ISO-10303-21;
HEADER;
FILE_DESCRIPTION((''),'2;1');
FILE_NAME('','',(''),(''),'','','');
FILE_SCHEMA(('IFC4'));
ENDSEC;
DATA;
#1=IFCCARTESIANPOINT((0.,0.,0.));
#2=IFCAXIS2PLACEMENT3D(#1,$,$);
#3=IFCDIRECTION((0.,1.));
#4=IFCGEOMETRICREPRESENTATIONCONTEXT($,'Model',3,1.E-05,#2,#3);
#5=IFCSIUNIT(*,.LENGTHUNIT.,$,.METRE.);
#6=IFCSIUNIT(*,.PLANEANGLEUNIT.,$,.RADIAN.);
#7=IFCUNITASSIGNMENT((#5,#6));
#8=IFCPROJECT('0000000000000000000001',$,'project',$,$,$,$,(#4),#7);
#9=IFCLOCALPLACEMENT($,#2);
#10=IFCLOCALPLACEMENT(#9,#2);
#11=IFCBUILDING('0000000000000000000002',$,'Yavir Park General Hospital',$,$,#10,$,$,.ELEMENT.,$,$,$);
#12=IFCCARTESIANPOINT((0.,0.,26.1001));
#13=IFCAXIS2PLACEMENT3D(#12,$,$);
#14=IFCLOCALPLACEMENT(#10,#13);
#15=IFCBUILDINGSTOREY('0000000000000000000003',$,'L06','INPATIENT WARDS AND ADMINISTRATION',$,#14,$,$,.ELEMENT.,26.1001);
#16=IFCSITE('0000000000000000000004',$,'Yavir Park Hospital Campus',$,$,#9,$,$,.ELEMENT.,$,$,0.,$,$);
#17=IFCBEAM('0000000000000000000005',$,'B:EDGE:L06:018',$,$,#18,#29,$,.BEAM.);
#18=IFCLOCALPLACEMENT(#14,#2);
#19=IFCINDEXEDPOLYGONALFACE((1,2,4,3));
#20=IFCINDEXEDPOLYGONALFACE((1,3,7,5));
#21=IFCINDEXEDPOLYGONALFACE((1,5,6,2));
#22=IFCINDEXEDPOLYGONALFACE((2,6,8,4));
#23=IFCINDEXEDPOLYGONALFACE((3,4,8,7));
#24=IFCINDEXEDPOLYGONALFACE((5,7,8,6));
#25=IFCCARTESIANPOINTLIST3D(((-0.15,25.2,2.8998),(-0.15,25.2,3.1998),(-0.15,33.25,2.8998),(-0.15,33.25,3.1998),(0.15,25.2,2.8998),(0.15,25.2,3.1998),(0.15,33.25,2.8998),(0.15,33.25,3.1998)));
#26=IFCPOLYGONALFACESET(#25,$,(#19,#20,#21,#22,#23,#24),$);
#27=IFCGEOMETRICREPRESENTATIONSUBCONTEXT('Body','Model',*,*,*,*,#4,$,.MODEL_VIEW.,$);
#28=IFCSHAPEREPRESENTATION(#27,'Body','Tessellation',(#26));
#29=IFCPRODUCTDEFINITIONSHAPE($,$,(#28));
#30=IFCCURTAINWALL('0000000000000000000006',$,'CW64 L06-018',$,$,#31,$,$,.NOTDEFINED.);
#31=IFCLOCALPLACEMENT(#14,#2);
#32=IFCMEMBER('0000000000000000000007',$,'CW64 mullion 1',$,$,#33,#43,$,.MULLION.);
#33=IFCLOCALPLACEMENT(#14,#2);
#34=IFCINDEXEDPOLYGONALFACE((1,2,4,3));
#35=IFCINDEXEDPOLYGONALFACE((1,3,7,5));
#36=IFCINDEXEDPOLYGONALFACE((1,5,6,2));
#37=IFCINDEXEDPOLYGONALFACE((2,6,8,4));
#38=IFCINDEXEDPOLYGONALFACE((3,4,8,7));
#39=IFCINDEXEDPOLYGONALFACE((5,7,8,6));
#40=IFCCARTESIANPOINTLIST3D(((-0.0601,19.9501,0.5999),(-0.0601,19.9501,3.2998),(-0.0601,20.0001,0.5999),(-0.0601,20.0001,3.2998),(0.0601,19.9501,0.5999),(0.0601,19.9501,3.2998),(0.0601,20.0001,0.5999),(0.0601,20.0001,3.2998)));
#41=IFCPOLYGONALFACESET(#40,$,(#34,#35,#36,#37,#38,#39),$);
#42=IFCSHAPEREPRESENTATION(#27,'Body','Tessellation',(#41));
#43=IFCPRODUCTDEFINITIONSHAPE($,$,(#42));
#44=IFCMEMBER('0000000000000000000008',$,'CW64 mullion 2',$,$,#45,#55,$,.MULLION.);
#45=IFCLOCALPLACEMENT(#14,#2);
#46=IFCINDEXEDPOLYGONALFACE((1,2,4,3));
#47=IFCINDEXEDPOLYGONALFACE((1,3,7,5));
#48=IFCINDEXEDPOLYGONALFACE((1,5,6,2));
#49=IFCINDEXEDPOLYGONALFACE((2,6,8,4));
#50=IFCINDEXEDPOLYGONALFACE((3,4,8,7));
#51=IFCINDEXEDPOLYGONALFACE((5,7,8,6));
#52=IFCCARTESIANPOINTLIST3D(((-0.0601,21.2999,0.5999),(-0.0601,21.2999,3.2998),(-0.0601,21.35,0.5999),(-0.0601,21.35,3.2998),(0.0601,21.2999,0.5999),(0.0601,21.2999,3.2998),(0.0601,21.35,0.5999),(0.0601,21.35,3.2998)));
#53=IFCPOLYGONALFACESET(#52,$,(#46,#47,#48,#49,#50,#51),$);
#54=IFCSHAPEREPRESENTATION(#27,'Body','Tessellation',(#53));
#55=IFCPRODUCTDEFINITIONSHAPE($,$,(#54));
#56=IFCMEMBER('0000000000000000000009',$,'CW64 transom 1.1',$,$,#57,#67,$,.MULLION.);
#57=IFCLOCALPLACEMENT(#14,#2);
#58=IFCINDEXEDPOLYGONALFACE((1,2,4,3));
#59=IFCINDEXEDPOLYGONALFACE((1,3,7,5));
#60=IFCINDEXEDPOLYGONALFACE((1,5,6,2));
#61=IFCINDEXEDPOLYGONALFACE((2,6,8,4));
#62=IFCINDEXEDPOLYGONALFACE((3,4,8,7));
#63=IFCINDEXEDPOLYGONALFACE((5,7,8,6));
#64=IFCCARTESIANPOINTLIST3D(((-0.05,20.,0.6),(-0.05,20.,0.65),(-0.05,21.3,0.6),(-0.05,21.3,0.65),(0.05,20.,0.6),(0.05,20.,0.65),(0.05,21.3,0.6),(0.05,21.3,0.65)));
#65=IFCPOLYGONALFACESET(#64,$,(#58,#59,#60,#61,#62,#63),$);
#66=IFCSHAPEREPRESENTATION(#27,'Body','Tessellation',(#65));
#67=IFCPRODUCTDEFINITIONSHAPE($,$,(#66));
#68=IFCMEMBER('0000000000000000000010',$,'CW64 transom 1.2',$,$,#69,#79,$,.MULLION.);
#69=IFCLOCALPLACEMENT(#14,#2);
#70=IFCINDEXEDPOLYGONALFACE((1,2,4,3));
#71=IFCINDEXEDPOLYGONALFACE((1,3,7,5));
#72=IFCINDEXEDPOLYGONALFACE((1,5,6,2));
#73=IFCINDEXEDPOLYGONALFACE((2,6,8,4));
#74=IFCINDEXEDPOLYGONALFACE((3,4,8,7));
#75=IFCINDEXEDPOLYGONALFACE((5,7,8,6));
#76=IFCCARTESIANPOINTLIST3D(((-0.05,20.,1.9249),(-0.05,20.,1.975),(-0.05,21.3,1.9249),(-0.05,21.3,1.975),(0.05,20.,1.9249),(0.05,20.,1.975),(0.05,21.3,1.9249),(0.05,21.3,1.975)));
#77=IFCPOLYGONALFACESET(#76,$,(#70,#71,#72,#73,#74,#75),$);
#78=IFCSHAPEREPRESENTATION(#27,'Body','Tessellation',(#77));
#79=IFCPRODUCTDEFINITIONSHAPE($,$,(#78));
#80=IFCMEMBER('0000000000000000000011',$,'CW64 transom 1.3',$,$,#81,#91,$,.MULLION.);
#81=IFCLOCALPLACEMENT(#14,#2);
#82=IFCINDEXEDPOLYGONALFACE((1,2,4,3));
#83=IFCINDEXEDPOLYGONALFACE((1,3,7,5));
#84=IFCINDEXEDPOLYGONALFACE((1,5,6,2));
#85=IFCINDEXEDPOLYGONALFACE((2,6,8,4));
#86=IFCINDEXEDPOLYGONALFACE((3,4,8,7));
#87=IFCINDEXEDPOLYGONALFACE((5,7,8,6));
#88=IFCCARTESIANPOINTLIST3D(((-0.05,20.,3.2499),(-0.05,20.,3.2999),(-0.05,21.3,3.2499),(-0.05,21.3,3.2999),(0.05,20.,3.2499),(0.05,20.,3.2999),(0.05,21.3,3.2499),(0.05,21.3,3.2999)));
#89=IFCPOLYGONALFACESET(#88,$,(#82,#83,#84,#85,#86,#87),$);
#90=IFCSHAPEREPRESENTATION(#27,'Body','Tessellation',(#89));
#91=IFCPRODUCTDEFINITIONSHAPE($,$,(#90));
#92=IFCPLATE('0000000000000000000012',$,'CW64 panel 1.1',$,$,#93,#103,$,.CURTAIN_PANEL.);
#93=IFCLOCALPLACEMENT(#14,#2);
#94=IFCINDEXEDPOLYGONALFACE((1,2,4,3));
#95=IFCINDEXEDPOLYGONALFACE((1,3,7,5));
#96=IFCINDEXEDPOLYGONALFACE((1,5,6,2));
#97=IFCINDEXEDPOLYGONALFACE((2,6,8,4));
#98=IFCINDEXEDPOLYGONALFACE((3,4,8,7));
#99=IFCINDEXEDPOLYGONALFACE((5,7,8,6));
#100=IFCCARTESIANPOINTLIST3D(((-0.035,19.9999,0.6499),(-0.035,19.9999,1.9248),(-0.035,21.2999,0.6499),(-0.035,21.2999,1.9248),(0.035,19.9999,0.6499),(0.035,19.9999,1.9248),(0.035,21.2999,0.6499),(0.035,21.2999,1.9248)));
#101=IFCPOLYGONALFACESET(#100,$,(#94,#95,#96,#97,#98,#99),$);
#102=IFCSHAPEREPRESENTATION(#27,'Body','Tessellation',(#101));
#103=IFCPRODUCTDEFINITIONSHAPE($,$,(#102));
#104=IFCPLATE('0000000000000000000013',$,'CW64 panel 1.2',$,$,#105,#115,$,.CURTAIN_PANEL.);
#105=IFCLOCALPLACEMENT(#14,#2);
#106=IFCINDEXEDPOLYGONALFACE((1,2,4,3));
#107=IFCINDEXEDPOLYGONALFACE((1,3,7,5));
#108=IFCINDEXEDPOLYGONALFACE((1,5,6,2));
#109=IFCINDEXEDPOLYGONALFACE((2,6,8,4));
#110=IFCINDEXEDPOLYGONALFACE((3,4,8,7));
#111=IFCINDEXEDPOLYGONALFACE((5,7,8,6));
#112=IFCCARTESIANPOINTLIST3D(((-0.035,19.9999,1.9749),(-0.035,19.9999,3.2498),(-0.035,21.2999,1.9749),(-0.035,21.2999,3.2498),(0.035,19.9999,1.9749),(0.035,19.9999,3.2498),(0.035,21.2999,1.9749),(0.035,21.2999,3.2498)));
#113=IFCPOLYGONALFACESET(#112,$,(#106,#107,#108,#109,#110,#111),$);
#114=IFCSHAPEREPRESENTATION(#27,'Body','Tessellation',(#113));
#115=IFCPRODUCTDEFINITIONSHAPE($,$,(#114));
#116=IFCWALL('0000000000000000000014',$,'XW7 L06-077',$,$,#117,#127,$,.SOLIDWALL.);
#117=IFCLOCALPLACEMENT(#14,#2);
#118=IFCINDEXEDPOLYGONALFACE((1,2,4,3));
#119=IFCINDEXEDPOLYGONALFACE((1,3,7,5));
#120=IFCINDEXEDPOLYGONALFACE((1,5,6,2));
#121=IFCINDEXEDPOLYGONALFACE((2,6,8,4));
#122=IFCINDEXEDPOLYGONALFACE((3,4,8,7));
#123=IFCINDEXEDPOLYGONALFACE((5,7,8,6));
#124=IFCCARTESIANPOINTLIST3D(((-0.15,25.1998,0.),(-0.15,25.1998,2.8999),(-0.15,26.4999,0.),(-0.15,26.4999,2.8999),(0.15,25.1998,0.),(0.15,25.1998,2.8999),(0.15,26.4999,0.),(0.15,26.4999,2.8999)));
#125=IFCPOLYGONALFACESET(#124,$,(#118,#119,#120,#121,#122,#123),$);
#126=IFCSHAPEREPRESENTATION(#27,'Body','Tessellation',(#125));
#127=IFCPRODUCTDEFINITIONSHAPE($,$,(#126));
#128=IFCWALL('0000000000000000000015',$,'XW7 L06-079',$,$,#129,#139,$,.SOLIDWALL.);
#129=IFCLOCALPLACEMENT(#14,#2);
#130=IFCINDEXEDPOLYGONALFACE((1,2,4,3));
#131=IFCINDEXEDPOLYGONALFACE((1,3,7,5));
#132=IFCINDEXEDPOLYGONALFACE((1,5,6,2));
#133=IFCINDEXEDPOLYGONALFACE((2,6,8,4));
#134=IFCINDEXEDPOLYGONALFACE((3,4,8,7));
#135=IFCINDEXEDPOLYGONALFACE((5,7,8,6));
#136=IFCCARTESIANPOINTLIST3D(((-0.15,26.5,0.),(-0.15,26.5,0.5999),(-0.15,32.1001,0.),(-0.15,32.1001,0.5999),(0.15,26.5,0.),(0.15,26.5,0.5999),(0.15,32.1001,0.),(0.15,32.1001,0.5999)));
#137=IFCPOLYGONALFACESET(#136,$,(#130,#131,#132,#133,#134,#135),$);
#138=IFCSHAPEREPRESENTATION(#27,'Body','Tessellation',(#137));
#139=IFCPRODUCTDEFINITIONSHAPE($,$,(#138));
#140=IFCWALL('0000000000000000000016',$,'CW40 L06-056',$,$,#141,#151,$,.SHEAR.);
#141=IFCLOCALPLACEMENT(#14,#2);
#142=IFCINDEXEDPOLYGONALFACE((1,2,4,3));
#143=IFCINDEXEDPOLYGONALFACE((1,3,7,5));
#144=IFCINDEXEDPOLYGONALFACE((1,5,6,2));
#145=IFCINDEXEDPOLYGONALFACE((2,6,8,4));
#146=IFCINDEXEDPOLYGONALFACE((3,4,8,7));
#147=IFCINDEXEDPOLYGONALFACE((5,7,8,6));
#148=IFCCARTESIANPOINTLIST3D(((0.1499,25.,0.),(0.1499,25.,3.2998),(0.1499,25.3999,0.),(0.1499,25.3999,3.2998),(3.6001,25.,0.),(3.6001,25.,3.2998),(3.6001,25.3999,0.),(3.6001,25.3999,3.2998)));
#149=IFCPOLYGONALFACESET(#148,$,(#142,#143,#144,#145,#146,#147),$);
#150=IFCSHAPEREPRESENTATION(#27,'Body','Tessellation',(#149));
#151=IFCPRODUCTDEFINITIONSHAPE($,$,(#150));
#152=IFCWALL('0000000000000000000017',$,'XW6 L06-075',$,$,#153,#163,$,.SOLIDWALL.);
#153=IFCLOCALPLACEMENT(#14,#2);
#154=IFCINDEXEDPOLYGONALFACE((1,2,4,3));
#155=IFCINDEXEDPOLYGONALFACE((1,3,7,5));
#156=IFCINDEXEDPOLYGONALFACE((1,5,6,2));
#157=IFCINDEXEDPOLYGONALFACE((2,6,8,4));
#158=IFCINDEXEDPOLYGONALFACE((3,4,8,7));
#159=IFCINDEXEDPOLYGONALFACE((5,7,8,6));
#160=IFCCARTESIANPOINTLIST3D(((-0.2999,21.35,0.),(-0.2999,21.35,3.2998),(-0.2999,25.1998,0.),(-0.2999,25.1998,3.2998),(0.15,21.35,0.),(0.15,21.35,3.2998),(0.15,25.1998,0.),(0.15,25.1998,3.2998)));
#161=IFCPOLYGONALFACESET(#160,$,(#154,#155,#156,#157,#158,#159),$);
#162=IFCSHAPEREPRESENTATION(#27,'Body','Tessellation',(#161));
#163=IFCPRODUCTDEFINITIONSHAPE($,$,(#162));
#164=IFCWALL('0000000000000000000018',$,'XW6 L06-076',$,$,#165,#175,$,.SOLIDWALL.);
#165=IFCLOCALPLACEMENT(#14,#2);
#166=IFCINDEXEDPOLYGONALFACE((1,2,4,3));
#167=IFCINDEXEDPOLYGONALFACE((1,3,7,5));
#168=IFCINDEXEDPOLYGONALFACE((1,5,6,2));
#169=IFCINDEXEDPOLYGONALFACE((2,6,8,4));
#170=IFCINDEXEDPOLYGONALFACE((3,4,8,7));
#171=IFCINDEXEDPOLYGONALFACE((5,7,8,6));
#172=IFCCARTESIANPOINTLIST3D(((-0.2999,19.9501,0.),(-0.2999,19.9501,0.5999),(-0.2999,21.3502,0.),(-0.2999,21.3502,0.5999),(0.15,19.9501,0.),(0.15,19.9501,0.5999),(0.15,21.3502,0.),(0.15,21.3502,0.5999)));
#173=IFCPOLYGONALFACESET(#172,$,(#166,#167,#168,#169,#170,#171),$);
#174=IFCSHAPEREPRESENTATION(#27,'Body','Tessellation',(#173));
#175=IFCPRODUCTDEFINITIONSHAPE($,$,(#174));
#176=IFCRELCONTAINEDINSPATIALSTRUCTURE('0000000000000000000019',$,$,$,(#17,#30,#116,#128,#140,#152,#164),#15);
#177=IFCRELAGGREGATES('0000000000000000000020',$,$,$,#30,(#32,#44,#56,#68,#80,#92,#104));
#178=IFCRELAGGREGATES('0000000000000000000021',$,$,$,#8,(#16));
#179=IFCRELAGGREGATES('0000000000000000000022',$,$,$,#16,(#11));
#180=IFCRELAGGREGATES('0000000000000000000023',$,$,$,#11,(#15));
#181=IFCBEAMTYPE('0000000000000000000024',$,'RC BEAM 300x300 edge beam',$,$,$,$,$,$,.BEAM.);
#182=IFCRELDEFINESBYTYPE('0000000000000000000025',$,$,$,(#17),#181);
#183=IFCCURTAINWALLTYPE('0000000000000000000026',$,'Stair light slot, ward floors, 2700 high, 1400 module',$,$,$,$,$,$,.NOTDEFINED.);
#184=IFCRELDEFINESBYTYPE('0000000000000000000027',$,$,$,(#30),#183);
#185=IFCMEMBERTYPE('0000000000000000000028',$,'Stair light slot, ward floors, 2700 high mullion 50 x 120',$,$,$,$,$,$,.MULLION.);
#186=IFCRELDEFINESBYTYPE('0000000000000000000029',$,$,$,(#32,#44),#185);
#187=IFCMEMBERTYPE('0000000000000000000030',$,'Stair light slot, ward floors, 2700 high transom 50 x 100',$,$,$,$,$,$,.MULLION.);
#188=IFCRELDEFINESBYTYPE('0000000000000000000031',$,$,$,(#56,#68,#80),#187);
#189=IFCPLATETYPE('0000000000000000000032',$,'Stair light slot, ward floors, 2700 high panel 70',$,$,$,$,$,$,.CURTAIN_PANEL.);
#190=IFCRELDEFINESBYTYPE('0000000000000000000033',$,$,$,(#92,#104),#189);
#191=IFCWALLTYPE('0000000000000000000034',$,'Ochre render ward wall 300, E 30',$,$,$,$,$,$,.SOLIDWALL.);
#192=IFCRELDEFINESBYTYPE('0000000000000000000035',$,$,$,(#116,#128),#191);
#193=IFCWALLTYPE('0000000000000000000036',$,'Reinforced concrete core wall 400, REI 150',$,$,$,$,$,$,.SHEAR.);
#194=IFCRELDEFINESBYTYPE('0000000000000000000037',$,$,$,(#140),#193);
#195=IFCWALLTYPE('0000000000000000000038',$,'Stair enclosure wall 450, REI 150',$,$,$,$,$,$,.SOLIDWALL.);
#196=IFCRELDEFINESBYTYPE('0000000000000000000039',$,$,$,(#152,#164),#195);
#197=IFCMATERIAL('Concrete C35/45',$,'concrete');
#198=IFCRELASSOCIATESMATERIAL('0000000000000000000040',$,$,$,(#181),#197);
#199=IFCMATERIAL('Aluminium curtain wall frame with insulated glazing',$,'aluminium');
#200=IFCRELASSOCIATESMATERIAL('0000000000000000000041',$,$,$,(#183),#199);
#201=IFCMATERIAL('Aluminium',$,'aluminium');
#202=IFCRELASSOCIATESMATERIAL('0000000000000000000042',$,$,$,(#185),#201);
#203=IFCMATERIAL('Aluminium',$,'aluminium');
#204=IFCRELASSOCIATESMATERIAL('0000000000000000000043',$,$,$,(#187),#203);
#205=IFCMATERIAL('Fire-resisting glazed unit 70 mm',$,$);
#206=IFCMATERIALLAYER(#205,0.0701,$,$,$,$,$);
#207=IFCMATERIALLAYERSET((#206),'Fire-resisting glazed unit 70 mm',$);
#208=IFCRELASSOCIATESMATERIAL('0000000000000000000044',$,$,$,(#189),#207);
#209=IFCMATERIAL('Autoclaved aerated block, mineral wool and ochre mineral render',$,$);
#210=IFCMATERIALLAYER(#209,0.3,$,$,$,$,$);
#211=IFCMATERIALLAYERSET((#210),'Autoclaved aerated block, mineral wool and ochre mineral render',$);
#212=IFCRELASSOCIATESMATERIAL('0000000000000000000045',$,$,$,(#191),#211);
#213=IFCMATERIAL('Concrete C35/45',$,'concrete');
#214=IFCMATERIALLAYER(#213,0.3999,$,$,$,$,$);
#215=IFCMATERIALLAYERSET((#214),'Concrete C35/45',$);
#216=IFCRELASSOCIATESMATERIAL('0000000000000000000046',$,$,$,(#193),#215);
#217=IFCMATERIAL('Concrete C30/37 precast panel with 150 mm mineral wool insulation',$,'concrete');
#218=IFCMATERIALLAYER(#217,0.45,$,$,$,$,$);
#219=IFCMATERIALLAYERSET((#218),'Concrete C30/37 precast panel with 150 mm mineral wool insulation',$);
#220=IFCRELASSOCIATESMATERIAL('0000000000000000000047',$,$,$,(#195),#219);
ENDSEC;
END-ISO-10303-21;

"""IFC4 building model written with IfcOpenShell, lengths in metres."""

from ifc_helpers import new_model, si_unit, direction, frame, frame_2d, origin, origin_2d, place, context, subcontext, project, spatial, rectangle, extrude, material, layer, layer_set, material_profile, profile_set, type_object, element, aggregate, save


model = new_model("IFC4")

# Units and contexts
model_context = context("Model", 3, precision=1e-05, world=origin(), true_north=direction((0.0, 1.0)))
body_context = subcontext(model_context, "Body", "Model", "MODEL_VIEW")
ifc_project = project(units=[si_unit("LENGTHUNIT", "METRE"), si_unit("PLANEANGLEUNIT", "RADIAN")], contexts=[model_context])

# Site, building, storey
site_placement = place(None, origin())
site = spatial("IfcSite", under=ifc_project, at=site_placement, Name="Yavir Park Hospital Campus", CompositionType="ELEMENT", RefElevation=0.0)
building_placement = place(site_placement, origin())
building = spatial("IfcBuilding", under=site, at=building_placement, Name="Yavir Park General Hospital", CompositionType="ELEMENT")
storey_placement = place(building_placement, frame((0.0, 0.0, 26.1001)))
storey = spatial("IfcBuildingStorey", under=building, at=storey_placement, Name="L06", Description="INPATIENT WARDS AND ADMINISTRATION", CompositionType="ELEMENT", Elevation=26.1001)

# Beam
ifc_material_1 = material(Name="Concrete C35/45", Category="concrete")
ifc_material_profile_1 = material_profile(ifc_material_1, rectangle(XDim=0.3, YDim=0.3, at=origin_2d()), Name="RC300x300")
ifc_profile_set_1 = profile_set([ifc_material_profile_1], Name="Concrete C35/45")
beam_type = type_object("IfcBeamType", Name="RC BEAM 300x300 edge beam", PredefinedType="BEAM", material=ifc_profile_set_1)
beam_placement = place(storey_placement, frame((0.0, 25.2, 3.0498), z_axis=(0.0, 1.0, 0.0), x_axis=(-1.0, 0.0, 0.0)))
element("IfcBeam", 1, at=beam_placement, inside=storey, type_object=beam_type, Name="B:EDGE:L06:018", PredefinedType="BEAM", context=body_context, shape_type="SweptSolid", body=[
    extrude(rectangle(XDim=0.3, YDim=0.3, at=origin_2d()), origin(), (0.0, 0.0, 1.0), 8.05),
])

# Curtain wall, members, plates
ifc_material_2 = material(Name="Aluminium curtain wall frame with insulated glazing", Category="aluminium")
curtain_wall_type = type_object("IfcCurtainWallType", Name="Stair light slot, ward floors, 2700 high, 1400 module", PredefinedType="NOTDEFINED", material=ifc_material_2)
curtain_wall_placement = place(storey_placement, origin())
curtain_wall = element("IfcCurtainWall", 2, at=curtain_wall_placement, inside=storey, type_object=curtain_wall_type, Name="CW64 L06-018", PredefinedType="NOTDEFINED")
ifc_material_3 = material(Name="Aluminium", Category="aluminium")
ifc_material_profile_2 = material_profile(ifc_material_3, rectangle(XDim=0.1201, YDim=0.05, at=origin_2d()), Name="AL 50x120")
ifc_profile_set_2 = profile_set([ifc_material_profile_2], Name="Aluminium")
member_type_1 = type_object("IfcMemberType", Name="Stair light slot, ward floors, 2700 high mullion 50 x 120", PredefinedType="MULLION", material=ifc_profile_set_2)
member_1_placement = place(storey_placement, frame((0.0, 19.9751, 0.5999), z_axis=(0.0, 0.0, 1.0), x_axis=(-1.0, 0.0, 0.0)))
member_1 = element("IfcMember", 3, at=member_1_placement, type_object=member_type_1, Name="CW64 mullion 1", PredefinedType="MULLION", context=body_context, shape_type="SweptSolid", body=[
    extrude(rectangle(XDim=0.1201, YDim=0.05, at=origin_2d()), origin(), (0.0, 0.0, 1.0), 2.7),
])
member_2_placement = place(storey_placement, frame((0.0, 21.325, 0.5999), z_axis=(0.0, 0.0, 1.0), x_axis=(-1.0, 0.0, 0.0)))
member_2 = element("IfcMember", 4, at=member_2_placement, type_object=member_type_1, Name="CW64 mullion 2", PredefinedType="MULLION", context=body_context, shape_type="SweptSolid", body=[
    extrude(rectangle(XDim=0.1201, YDim=0.05, at=origin_2d()), origin(), (0.0, 0.0, 1.0), 2.7),
])
ifc_material_4 = material(Name="Aluminium", Category="aluminium")
ifc_material_profile_3 = material_profile(ifc_material_4, rectangle(XDim=0.1001, YDim=0.05, at=origin_2d()), Name="AL 100x50")
ifc_profile_set_3 = profile_set([ifc_material_profile_3], Name="Aluminium")
member_type_2 = type_object("IfcMemberType", Name="Stair light slot, ward floors, 2700 high transom 50 x 100", PredefinedType="MULLION", material=ifc_profile_set_3)
member_3_placement = place(storey_placement, frame((0.0, 20.0, 0.625), z_axis=(0.0, 1.0, 0.0), x_axis=(-1.0, 0.0, 0.0)))
member_3 = element("IfcMember", 5, at=member_3_placement, type_object=member_type_2, Name="CW64 transom 1.1", PredefinedType="MULLION", context=body_context, shape_type="SweptSolid", body=[
    extrude(rectangle(XDim=0.1001, YDim=0.05, at=origin_2d()), origin(), (0.0, 0.0, 1.0), 1.3),
])
member_4_placement = place(storey_placement, frame((0.0, 20.0, 1.95), z_axis=(0.0, 1.0, 0.0), x_axis=(-1.0, 0.0, 0.0)))
member_4 = element("IfcMember", 6, at=member_4_placement, type_object=member_type_2, Name="CW64 transom 1.2", PredefinedType="MULLION", context=body_context, shape_type="SweptSolid", body=[
    extrude(rectangle(XDim=0.1001, YDim=0.05, at=origin_2d()), origin(), (0.0, 0.0, 1.0), 1.3),
])
member_5_placement = place(storey_placement, frame((0.0, 20.0, 3.2749), z_axis=(0.0, 1.0, 0.0), x_axis=(-1.0, 0.0, 0.0)))
member_5 = element("IfcMember", 7, at=member_5_placement, type_object=member_type_2, Name="CW64 transom 1.3", PredefinedType="MULLION", context=body_context, shape_type="SweptSolid", body=[
    extrude(rectangle(XDim=0.1001, YDim=0.05, at=origin_2d()), origin(), (0.0, 0.0, 1.0), 1.3),
])
ifc_material_5 = material(Name="Fire-resisting glazed unit 70 mm")
ifc_layer_1 = layer(ifc_material_5, 0.0701)
ifc_layer_set_1 = layer_set([ifc_layer_1], Name="Fire-resisting glazed unit 70 mm")
plate_type = type_object("IfcPlateType", Name="Stair light slot, ward floors, 2700 high panel 70", PredefinedType="CURTAIN_PANEL", material=ifc_layer_set_1)
plate_1_placement = place(storey_placement, frame((0.0, 20.6499, 0.6499), z_axis=(0.0, 0.0, 1.0), x_axis=(0.0, 1.0, 0.0)))
plate_1 = element("IfcPlate", 8, at=plate_1_placement, type_object=plate_type, Name="CW64 panel 1.1", PredefinedType="CURTAIN_PANEL", context=body_context, shape_type="SweptSolid", body=[
    extrude(rectangle(XDim=1.3, YDim=0.0701, at=origin_2d()), origin(), (0.0, 0.0, 1.0), 1.2749),
])
plate_2_placement = place(storey_placement, frame((0.0, 20.6499, 1.9749), z_axis=(0.0, 0.0, 1.0), x_axis=(0.0, 1.0, 0.0)))
plate_2 = element("IfcPlate", 9, at=plate_2_placement, type_object=plate_type, Name="CW64 panel 1.2", PredefinedType="CURTAIN_PANEL", context=body_context, shape_type="SweptSolid", body=[
    extrude(rectangle(XDim=1.3, YDim=0.0701, at=origin_2d()), origin(), (0.0, 0.0, 1.0), 1.2749),
])
aggregate(curtain_wall, [member_1, member_2, member_3, member_4, member_5, plate_1, plate_2])

# Walls
ifc_material_6 = material(Name="Autoclaved aerated block, mineral wool and ochre mineral render")
ifc_layer_2 = layer(ifc_material_6, 0.3)
ifc_layer_set_2 = layer_set([ifc_layer_2], Name="Autoclaved aerated block, mineral wool and ochre mineral render")
wall_type_1 = type_object("IfcWallType", Name="Ochre render ward wall 300, E 30", PredefinedType="SOLIDWALL", material=ifc_layer_set_2)
wall_1_placement = place(storey_placement, frame((0.0, 25.2, 0.0), z_axis=(0.0, 0.0, 1.0), x_axis=(0.0, 1.0, 0.0)))
element("IfcWall", 10, at=wall_1_placement, inside=storey, type_object=wall_type_1, Name="XW7 L06-077", PredefinedType="SOLIDWALL", context=body_context, shape_type="SweptSolid", body=[
    extrude(rectangle(XDim=1.3, YDim=0.3, at=frame_2d((0.6499, 0.0))), origin(), (0.0, 0.0, 1.0), 2.8999),
])
wall_2_placement = place(storey_placement, frame((0.0, 26.5, 0.0), z_axis=(0.0, 0.0, 1.0), x_axis=(0.0, 1.0, 0.0)))
element("IfcWall", 11, at=wall_2_placement, inside=storey, type_object=wall_type_1, Name="XW7 L06-079", PredefinedType="SOLIDWALL", context=body_context, shape_type="SweptSolid", body=[
    extrude(rectangle(XDim=5.6001, YDim=0.3, at=frame_2d((2.8, 0.0))), origin(), (0.0, 0.0, 1.0), 0.5999),
])
ifc_material_7 = material(Name="Concrete C35/45", Category="concrete")
ifc_layer_3 = layer(ifc_material_7, 0.3999)
ifc_layer_set_3 = layer_set([ifc_layer_3], Name="Concrete C35/45")
wall_type_2 = type_object("IfcWallType", Name="Reinforced concrete core wall 400, REI 150", PredefinedType="SHEAR", material=ifc_layer_set_3)
wall_3_placement = place(storey_placement, frame((0.1499, 25.2, 0.0), z_axis=(0.0, 0.0, 1.0), x_axis=(1.0, 0.0, 0.0)))
element("IfcWall", 12, at=wall_3_placement, inside=storey, type_object=wall_type_2, Name="CW40 L06-056", PredefinedType="SHEAR", context=body_context, shape_type="SweptSolid", body=[
    extrude(rectangle(XDim=3.4502, YDim=0.3999, at=frame_2d((1.7251, 0.0))), origin(), (0.0, 0.0, 1.0), 3.2998),
])
ifc_material_8 = material(Name="Concrete C30/37 precast panel with 150 mm mineral wool insulation", Category="concrete")
ifc_layer_4 = layer(ifc_material_8, 0.45)
ifc_layer_set_4 = layer_set([ifc_layer_4], Name="Concrete C30/37 precast panel with 150 mm mineral wool insulation")
wall_type_3 = type_object("IfcWallType", Name="Stair enclosure wall 450, REI 150", PredefinedType="SOLIDWALL", material=ifc_layer_set_4)
wall_4_placement = place(storey_placement, frame((-0.075, 21.3501, 0.0), z_axis=(0.0, 0.0, 1.0), x_axis=(0.0, 1.0, 0.0)))
element("IfcWall", 13, at=wall_4_placement, inside=storey, type_object=wall_type_3, Name="XW6 L06-075", PredefinedType="SOLIDWALL", context=body_context, shape_type="SweptSolid", body=[
    extrude(rectangle(XDim=3.8499, YDim=0.45, at=frame_2d((1.9248, 0.0))), origin(), (0.0, 0.0, 1.0), 3.2998),
])
wall_5_placement = place(storey_placement, frame((-0.075, 19.95, 0.0), z_axis=(0.0, 0.0, 1.0), x_axis=(0.0, 1.0, 0.0)))
element("IfcWall", 14, at=wall_5_placement, inside=storey, type_object=wall_type_3, Name="XW6 L06-076", PredefinedType="SOLIDWALL", context=body_context, shape_type="SweptSolid", body=[
    extrude(rectangle(XDim=1.4001, YDim=0.45, at=frame_2d((0.7002, 0.0))), origin(), (0.0, 0.0, 1.0), 0.5999),
])

save(model, "model.ifc")
